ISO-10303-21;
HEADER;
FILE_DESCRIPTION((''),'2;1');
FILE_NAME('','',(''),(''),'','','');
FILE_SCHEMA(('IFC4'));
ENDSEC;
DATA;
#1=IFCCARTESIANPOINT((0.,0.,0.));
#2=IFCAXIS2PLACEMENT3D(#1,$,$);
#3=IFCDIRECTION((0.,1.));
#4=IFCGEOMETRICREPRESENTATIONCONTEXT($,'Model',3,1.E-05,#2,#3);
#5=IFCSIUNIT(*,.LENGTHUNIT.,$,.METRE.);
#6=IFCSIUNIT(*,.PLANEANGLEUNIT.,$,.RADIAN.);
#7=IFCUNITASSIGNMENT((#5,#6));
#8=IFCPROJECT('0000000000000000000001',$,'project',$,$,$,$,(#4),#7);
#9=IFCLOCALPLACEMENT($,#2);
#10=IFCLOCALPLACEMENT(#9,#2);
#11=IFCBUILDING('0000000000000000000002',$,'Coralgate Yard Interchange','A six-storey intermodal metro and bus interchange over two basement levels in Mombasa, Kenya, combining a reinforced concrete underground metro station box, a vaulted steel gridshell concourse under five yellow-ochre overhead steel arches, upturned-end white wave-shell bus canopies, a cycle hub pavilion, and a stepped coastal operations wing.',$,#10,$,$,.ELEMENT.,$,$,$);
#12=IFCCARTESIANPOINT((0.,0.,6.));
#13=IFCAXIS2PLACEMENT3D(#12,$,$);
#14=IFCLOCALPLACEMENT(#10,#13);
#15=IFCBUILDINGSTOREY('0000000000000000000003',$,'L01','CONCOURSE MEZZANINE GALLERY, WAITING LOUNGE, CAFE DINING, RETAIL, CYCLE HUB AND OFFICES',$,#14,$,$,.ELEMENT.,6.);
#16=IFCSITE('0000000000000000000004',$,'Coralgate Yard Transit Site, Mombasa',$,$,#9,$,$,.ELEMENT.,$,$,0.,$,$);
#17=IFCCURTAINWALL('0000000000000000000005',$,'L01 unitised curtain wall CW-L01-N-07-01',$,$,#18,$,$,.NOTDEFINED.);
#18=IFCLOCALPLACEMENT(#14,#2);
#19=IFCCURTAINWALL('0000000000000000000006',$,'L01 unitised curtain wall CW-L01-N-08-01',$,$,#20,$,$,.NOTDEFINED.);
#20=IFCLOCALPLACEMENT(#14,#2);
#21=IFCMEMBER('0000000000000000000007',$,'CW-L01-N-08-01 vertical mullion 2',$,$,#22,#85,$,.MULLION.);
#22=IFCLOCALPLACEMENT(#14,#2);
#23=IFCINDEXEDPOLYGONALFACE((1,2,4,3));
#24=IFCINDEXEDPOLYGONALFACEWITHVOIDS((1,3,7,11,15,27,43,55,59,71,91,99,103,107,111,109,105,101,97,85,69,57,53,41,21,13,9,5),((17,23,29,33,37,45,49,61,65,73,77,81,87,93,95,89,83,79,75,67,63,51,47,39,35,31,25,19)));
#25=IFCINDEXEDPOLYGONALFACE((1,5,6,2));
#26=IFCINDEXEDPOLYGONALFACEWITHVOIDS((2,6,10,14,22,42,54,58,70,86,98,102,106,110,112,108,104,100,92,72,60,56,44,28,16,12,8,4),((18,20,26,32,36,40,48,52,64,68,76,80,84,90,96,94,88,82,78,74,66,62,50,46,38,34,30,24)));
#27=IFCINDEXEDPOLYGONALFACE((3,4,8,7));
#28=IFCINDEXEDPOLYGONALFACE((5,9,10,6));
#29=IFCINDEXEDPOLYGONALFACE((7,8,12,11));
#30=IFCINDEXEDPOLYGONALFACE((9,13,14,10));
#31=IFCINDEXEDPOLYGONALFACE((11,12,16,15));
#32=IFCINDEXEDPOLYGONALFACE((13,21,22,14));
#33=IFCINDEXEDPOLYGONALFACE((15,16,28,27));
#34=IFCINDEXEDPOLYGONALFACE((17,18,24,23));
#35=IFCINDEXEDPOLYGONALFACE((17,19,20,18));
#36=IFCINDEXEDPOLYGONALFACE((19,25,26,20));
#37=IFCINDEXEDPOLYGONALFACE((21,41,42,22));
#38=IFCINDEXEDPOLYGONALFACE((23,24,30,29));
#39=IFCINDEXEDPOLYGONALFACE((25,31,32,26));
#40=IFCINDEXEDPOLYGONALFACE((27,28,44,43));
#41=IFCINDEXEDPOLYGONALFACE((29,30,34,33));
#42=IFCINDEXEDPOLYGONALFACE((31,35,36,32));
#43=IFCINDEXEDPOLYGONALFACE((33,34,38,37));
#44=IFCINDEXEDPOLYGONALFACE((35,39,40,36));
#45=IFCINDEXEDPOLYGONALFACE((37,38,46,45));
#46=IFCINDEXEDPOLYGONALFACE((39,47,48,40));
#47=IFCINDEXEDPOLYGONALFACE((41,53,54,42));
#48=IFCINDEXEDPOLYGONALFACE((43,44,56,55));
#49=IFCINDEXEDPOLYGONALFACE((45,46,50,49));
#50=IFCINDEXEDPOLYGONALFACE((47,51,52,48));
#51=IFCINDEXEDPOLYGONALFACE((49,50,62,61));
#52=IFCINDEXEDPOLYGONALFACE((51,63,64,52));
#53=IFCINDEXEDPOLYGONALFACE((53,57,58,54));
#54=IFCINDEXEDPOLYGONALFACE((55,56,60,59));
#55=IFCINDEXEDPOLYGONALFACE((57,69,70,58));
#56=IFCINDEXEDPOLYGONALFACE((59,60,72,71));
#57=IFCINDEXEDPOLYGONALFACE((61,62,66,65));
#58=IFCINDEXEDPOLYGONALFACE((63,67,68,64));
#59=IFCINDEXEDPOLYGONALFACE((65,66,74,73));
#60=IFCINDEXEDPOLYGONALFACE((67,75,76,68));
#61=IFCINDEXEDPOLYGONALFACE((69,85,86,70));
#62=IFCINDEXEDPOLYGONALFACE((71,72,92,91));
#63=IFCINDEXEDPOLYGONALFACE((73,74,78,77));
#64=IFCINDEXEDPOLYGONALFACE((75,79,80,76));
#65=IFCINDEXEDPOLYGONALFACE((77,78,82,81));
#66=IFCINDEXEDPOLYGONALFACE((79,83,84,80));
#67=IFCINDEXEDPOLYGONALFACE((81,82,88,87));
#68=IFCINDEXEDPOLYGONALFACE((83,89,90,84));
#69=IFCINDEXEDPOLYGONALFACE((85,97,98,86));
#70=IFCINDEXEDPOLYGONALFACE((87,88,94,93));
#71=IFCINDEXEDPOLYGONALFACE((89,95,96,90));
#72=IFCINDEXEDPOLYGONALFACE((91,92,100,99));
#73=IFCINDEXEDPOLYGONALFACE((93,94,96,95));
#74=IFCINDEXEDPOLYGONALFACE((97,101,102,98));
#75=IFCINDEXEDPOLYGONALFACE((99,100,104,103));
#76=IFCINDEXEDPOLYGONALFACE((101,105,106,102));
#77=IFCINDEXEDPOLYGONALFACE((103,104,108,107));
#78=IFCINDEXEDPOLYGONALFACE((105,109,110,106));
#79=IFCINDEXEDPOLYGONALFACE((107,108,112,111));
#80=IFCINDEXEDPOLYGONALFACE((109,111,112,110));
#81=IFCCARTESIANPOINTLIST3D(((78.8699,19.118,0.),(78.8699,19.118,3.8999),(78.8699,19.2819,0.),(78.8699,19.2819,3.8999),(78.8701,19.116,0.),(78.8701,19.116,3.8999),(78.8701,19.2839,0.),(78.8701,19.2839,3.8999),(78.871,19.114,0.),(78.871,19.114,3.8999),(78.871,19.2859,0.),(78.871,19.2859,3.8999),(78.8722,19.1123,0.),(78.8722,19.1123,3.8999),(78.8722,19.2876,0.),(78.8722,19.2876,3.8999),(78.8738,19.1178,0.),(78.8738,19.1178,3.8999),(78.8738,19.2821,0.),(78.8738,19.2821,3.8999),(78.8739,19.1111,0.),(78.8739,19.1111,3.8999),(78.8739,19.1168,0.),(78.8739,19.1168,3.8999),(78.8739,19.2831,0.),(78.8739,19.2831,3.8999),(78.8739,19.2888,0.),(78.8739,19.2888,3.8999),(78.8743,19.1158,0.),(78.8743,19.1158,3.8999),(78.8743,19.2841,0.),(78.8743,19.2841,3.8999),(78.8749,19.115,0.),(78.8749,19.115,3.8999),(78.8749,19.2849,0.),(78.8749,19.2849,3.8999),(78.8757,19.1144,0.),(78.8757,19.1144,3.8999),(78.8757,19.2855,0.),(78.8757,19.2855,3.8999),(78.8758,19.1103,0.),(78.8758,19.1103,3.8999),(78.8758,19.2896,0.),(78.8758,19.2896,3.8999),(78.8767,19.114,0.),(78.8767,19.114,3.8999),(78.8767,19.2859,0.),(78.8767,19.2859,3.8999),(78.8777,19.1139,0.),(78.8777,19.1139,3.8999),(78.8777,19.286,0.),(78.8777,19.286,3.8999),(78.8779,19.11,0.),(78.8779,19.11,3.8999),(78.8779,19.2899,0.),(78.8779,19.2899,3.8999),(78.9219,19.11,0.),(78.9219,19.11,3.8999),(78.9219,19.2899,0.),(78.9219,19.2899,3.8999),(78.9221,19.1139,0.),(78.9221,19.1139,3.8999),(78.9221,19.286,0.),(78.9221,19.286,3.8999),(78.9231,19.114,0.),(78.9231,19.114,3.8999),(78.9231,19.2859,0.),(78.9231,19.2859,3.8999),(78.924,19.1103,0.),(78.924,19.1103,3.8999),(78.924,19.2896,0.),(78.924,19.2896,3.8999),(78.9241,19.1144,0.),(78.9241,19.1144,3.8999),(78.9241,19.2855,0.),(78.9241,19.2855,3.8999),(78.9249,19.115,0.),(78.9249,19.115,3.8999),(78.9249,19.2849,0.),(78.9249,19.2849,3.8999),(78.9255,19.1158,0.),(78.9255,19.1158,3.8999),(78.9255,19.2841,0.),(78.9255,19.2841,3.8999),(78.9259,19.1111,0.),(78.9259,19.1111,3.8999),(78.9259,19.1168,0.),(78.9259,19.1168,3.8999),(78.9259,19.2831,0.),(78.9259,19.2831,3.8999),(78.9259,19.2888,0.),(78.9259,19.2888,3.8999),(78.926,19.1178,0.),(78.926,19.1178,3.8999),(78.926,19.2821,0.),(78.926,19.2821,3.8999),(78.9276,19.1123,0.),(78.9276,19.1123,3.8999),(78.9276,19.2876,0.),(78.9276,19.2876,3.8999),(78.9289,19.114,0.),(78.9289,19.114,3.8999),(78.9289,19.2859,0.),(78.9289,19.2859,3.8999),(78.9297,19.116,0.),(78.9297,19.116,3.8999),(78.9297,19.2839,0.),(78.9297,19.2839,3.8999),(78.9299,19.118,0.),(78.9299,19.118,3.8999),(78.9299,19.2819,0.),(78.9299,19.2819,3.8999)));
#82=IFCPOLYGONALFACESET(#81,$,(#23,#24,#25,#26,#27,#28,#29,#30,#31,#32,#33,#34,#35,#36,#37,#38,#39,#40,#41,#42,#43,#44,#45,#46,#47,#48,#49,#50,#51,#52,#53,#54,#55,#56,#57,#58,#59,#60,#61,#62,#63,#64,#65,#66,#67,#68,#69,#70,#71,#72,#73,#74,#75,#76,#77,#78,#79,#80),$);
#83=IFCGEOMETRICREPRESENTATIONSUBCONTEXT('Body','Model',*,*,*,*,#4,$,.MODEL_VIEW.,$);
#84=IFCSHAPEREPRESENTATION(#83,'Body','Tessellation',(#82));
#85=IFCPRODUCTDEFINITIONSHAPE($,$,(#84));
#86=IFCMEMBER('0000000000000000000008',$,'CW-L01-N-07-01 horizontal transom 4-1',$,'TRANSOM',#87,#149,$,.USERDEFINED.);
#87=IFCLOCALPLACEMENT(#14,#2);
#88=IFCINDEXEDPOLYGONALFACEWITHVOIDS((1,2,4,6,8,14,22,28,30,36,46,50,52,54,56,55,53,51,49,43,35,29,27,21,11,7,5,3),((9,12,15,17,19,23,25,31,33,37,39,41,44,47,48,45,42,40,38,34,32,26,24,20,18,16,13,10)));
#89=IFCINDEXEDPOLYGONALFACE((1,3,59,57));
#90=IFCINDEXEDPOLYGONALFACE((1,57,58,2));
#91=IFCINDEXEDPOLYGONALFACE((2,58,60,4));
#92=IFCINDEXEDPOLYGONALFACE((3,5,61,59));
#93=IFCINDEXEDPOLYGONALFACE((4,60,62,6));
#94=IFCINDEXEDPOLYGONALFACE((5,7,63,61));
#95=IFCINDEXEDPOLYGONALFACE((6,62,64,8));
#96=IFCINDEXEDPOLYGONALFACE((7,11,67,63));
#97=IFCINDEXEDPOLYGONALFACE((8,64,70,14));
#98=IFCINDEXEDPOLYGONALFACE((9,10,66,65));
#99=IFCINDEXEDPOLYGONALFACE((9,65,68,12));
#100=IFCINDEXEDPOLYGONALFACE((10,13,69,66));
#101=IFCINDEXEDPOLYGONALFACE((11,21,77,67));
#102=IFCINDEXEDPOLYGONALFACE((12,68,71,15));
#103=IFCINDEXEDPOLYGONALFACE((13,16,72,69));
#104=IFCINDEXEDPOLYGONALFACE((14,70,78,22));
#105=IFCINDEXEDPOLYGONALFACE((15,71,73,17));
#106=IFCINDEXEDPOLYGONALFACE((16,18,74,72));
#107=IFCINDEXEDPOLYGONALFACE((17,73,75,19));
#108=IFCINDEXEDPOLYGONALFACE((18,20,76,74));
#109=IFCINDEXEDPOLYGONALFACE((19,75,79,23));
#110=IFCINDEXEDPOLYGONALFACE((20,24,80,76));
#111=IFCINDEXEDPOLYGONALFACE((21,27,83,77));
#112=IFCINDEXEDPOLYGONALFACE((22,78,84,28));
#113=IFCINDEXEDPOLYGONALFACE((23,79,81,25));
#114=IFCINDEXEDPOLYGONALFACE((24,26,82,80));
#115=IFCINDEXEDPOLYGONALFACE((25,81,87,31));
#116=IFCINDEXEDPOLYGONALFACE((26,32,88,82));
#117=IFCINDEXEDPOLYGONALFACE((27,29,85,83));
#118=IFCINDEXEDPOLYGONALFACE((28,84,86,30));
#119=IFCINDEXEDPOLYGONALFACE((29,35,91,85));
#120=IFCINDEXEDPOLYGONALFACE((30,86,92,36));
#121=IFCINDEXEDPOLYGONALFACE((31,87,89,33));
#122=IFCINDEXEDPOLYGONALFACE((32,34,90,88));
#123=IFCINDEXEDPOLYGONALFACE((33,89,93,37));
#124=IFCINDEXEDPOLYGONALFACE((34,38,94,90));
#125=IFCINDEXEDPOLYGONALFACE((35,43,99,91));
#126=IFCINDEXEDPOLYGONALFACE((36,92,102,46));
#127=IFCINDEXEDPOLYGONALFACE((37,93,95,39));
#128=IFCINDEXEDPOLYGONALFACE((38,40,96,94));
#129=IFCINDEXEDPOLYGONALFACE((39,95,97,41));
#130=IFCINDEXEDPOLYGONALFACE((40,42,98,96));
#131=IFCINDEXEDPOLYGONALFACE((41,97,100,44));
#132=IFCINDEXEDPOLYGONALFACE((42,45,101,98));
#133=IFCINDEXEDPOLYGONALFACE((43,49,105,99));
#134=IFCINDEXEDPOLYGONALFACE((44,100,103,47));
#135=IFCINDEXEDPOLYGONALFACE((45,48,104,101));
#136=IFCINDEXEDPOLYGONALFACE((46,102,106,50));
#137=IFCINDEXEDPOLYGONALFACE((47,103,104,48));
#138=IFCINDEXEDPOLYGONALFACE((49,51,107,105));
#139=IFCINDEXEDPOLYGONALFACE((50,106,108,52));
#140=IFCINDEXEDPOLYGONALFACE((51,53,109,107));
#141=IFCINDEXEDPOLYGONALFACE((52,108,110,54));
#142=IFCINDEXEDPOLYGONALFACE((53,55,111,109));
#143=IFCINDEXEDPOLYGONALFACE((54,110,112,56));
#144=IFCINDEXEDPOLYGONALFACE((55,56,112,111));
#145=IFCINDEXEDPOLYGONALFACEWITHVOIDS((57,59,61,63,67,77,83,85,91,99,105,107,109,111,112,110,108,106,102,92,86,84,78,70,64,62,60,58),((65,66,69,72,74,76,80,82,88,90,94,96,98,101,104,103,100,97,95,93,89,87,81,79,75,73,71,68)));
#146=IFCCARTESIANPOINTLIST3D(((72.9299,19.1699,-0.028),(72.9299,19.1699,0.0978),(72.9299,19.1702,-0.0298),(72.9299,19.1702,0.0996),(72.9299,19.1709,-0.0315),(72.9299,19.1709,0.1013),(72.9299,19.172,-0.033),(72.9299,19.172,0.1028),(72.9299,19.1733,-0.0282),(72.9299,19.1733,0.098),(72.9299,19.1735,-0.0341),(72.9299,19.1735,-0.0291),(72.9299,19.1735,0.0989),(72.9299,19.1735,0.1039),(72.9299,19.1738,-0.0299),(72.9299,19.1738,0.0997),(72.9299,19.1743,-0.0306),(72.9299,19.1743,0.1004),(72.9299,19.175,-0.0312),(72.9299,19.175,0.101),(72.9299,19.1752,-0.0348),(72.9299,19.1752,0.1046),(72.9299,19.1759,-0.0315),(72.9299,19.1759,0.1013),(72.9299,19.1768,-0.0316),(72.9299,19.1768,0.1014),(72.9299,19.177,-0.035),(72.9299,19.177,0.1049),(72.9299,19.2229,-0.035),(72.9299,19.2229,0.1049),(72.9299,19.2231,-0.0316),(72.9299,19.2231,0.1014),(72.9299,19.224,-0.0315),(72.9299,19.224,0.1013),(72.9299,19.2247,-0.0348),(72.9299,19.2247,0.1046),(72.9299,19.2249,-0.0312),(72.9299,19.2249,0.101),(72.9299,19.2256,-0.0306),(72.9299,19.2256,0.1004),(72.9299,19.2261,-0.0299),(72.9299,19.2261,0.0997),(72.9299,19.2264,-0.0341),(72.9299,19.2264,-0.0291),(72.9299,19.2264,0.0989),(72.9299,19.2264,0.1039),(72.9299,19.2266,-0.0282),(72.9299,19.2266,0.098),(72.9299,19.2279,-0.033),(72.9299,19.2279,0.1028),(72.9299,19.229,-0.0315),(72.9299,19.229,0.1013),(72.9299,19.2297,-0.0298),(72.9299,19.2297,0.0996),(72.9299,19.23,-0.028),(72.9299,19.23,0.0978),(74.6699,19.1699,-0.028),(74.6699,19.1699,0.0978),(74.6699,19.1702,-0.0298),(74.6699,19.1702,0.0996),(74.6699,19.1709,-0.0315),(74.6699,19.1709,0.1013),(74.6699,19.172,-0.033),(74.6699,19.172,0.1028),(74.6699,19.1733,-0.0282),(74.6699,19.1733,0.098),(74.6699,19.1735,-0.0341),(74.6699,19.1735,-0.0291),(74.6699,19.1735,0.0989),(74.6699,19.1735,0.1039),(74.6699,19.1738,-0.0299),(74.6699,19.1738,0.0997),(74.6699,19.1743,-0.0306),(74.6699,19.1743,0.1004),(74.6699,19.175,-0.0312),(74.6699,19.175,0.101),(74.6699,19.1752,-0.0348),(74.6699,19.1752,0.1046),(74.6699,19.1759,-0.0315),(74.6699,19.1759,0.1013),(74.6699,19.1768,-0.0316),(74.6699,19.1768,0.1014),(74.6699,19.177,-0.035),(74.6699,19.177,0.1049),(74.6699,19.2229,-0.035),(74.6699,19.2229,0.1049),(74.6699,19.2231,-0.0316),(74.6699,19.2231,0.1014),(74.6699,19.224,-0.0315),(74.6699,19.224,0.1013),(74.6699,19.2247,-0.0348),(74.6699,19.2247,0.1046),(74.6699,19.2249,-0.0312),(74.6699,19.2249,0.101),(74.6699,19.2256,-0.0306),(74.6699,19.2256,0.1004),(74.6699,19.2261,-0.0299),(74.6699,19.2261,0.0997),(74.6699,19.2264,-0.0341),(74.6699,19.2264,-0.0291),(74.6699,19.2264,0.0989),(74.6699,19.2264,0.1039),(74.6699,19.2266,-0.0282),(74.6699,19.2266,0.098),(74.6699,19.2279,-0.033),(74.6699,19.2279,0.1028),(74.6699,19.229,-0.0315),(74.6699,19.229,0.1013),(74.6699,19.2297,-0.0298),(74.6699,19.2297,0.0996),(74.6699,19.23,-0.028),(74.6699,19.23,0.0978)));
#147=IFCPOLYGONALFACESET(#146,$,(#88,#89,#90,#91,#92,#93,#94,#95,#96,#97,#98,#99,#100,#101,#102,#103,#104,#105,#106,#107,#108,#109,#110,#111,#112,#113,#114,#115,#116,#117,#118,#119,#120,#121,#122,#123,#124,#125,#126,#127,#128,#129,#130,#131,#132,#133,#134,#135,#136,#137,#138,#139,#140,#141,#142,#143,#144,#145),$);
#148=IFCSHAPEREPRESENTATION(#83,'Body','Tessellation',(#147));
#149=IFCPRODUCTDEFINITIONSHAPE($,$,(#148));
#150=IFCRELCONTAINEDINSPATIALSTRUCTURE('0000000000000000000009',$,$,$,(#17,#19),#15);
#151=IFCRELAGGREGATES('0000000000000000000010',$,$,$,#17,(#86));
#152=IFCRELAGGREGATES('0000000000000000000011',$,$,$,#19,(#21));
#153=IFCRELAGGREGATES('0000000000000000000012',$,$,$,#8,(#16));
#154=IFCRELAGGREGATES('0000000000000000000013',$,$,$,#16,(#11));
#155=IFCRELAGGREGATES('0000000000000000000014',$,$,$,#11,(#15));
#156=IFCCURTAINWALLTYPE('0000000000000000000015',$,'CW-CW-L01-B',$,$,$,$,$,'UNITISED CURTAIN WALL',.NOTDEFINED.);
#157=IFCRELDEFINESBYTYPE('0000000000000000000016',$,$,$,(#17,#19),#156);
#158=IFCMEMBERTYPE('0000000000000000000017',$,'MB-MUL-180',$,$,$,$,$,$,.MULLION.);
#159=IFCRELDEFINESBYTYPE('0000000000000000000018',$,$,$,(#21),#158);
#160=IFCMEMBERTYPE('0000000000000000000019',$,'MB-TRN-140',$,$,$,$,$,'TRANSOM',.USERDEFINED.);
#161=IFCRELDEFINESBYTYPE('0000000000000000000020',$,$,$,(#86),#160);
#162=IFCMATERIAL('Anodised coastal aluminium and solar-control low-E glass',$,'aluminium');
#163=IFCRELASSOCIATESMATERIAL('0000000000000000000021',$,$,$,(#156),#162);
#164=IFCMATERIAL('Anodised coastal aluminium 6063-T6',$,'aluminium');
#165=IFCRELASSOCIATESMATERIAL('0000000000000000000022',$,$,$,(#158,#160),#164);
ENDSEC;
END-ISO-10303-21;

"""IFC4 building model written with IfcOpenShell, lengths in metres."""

from ifc_helpers import new_model, si_unit, direction, frame, origin, origin_2d, place, context, subcontext, project, spatial, hollow_rectangle, extrude, material, material_profile, profile_set, type_object, element, aggregate, save


model = new_model("IFC4")

# Units and contexts
model_context = context("Model", 3, precision=1e-05, world=origin(), true_north=direction((0.0, 1.0)))
body_context = subcontext(model_context, "Body", "Model", "MODEL_VIEW")
ifc_project = project(units=[si_unit("LENGTHUNIT", "METRE"), si_unit("PLANEANGLEUNIT", "RADIAN")], contexts=[model_context])

# Site, building, storey
site_placement = place(None, origin())
site = spatial("IfcSite", under=ifc_project, at=site_placement, Name="Coralgate Yard Transit Site, Mombasa", CompositionType="ELEMENT", RefElevation=0.0)
building_placement = place(site_placement, origin())
building = spatial("IfcBuilding", under=site, at=building_placement, Name="Coralgate Yard Interchange", Description="A six-storey intermodal metro and bus interchange over two basement levels in Mombasa, Kenya, combining a reinforced concrete underground metro station box, a vaulted steel gridshell concourse under five yellow-ochre overhead steel arches, upturned-end white wave-shell bus canopies, a cycle hub pavilion, and a stepped coastal operations wing.", CompositionType="ELEMENT")
storey_placement = place(building_placement, frame((0.0, 0.0, 6.0)))
storey = spatial("IfcBuildingStorey", under=building, at=storey_placement, Name="L01", Description="CONCOURSE MEZZANINE GALLERY, WAITING LOUNGE, CAFE DINING, RETAIL, CYCLE HUB AND OFFICES", CompositionType="ELEMENT", Elevation=6.0)

# Curtain walls, member
ifc_material_1 = material(Name="Anodised coastal aluminium and solar-control low-E glass", Category="aluminium")
curtain_wall_type = type_object("IfcCurtainWallType", Name="CW-CW-L01-B", ElementType="UNITISED CURTAIN WALL", PredefinedType="NOTDEFINED", material=ifc_material_1)
curtain_wall_1_placement = place(storey_placement, origin())
curtain_wall_1 = element("IfcCurtainWall", 1, at=curtain_wall_1_placement, inside=storey, type_object=curtain_wall_type, Name="L01 unitised curtain wall CW-L01-N-07-01", PredefinedType="NOTDEFINED")
ifc_material_2 = material(Name="Anodised coastal aluminium 6063-T6", Category="aluminium")
ifc_material_profile_1 = material_profile(ifc_material_2, hollow_rectangle(XDim=0.0601, YDim=0.1799, WallThickness=0.0039, InnerFilletRadius=0.0039, OuterFilletRadius=0.0081, at=origin_2d()), Name="ALU 60x180x4")
ifc_profile_set_1 = profile_set([ifc_material_profile_1], Name="Anodised coastal aluminium 6063-T6")
member_type_1 = type_object("IfcMemberType", Name="MB-MUL-180", PredefinedType="MULLION", material=ifc_profile_set_1)
curtain_wall_2_placement = place(storey_placement, origin())
curtain_wall_2 = element("IfcCurtainWall", 2, at=curtain_wall_2_placement, inside=storey, type_object=curtain_wall_type, Name="L01 unitised curtain wall CW-L01-N-08-01", PredefinedType="NOTDEFINED")
member_1_placement = place(storey_placement, frame((78.8999, 19.2, 0.0), z_axis=(0.0, 0.0, 1.0), x_axis=(1.0, 0.0, 0.0)))
member_1 = element("IfcMember", 3, at=member_1_placement, type_object=member_type_1, Name="CW-L01-N-08-01 vertical mullion 2", PredefinedType="MULLION", context=body_context, shape_type="SweptSolid", body=[
    extrude(hollow_rectangle(XDim=0.0601, YDim=0.1799, WallThickness=0.0039, InnerFilletRadius=0.0039, OuterFilletRadius=0.0081, at=origin_2d()), origin(), (0.0, 0.0, 1.0), 3.8999),
])

# Member
ifc_material_profile_2 = material_profile(ifc_material_2, hollow_rectangle(XDim=0.0601, YDim=0.1399, WallThickness=0.0034, InnerFilletRadius=0.0034, OuterFilletRadius=0.0071, at=origin_2d()), Name="ALU 60x140x3.5")
ifc_profile_set_2 = profile_set([ifc_material_profile_2], Name="Anodised coastal aluminium 6063-T6")
member_type_2 = type_object("IfcMemberType", Name="MB-TRN-140", ElementType="TRANSOM", PredefinedType="USERDEFINED", material=ifc_profile_set_2)
member_2_placement = place(storey_placement, frame((72.9299, 19.2, 0.0349), z_axis=(1.0, 0.0, 0.0), x_axis=(0.0, 1.0, 0.0)))
member_2 = element("IfcMember", 4, at=member_2_placement, type_object=member_type_2, Name="CW-L01-N-07-01 horizontal transom 4-1", ObjectType="TRANSOM", PredefinedType="USERDEFINED", context=body_context, shape_type="SweptSolid", body=[
    extrude(hollow_rectangle(XDim=0.0601, YDim=0.1399, WallThickness=0.0034, InnerFilletRadius=0.0034, OuterFilletRadius=0.0071, at=origin_2d()), origin(), (0.0, 0.0, 1.0), 1.74),
])

aggregate(curtain_wall_1, [member_2])
aggregate(curtain_wall_2, [member_1])

save(model, "model.ifc")
